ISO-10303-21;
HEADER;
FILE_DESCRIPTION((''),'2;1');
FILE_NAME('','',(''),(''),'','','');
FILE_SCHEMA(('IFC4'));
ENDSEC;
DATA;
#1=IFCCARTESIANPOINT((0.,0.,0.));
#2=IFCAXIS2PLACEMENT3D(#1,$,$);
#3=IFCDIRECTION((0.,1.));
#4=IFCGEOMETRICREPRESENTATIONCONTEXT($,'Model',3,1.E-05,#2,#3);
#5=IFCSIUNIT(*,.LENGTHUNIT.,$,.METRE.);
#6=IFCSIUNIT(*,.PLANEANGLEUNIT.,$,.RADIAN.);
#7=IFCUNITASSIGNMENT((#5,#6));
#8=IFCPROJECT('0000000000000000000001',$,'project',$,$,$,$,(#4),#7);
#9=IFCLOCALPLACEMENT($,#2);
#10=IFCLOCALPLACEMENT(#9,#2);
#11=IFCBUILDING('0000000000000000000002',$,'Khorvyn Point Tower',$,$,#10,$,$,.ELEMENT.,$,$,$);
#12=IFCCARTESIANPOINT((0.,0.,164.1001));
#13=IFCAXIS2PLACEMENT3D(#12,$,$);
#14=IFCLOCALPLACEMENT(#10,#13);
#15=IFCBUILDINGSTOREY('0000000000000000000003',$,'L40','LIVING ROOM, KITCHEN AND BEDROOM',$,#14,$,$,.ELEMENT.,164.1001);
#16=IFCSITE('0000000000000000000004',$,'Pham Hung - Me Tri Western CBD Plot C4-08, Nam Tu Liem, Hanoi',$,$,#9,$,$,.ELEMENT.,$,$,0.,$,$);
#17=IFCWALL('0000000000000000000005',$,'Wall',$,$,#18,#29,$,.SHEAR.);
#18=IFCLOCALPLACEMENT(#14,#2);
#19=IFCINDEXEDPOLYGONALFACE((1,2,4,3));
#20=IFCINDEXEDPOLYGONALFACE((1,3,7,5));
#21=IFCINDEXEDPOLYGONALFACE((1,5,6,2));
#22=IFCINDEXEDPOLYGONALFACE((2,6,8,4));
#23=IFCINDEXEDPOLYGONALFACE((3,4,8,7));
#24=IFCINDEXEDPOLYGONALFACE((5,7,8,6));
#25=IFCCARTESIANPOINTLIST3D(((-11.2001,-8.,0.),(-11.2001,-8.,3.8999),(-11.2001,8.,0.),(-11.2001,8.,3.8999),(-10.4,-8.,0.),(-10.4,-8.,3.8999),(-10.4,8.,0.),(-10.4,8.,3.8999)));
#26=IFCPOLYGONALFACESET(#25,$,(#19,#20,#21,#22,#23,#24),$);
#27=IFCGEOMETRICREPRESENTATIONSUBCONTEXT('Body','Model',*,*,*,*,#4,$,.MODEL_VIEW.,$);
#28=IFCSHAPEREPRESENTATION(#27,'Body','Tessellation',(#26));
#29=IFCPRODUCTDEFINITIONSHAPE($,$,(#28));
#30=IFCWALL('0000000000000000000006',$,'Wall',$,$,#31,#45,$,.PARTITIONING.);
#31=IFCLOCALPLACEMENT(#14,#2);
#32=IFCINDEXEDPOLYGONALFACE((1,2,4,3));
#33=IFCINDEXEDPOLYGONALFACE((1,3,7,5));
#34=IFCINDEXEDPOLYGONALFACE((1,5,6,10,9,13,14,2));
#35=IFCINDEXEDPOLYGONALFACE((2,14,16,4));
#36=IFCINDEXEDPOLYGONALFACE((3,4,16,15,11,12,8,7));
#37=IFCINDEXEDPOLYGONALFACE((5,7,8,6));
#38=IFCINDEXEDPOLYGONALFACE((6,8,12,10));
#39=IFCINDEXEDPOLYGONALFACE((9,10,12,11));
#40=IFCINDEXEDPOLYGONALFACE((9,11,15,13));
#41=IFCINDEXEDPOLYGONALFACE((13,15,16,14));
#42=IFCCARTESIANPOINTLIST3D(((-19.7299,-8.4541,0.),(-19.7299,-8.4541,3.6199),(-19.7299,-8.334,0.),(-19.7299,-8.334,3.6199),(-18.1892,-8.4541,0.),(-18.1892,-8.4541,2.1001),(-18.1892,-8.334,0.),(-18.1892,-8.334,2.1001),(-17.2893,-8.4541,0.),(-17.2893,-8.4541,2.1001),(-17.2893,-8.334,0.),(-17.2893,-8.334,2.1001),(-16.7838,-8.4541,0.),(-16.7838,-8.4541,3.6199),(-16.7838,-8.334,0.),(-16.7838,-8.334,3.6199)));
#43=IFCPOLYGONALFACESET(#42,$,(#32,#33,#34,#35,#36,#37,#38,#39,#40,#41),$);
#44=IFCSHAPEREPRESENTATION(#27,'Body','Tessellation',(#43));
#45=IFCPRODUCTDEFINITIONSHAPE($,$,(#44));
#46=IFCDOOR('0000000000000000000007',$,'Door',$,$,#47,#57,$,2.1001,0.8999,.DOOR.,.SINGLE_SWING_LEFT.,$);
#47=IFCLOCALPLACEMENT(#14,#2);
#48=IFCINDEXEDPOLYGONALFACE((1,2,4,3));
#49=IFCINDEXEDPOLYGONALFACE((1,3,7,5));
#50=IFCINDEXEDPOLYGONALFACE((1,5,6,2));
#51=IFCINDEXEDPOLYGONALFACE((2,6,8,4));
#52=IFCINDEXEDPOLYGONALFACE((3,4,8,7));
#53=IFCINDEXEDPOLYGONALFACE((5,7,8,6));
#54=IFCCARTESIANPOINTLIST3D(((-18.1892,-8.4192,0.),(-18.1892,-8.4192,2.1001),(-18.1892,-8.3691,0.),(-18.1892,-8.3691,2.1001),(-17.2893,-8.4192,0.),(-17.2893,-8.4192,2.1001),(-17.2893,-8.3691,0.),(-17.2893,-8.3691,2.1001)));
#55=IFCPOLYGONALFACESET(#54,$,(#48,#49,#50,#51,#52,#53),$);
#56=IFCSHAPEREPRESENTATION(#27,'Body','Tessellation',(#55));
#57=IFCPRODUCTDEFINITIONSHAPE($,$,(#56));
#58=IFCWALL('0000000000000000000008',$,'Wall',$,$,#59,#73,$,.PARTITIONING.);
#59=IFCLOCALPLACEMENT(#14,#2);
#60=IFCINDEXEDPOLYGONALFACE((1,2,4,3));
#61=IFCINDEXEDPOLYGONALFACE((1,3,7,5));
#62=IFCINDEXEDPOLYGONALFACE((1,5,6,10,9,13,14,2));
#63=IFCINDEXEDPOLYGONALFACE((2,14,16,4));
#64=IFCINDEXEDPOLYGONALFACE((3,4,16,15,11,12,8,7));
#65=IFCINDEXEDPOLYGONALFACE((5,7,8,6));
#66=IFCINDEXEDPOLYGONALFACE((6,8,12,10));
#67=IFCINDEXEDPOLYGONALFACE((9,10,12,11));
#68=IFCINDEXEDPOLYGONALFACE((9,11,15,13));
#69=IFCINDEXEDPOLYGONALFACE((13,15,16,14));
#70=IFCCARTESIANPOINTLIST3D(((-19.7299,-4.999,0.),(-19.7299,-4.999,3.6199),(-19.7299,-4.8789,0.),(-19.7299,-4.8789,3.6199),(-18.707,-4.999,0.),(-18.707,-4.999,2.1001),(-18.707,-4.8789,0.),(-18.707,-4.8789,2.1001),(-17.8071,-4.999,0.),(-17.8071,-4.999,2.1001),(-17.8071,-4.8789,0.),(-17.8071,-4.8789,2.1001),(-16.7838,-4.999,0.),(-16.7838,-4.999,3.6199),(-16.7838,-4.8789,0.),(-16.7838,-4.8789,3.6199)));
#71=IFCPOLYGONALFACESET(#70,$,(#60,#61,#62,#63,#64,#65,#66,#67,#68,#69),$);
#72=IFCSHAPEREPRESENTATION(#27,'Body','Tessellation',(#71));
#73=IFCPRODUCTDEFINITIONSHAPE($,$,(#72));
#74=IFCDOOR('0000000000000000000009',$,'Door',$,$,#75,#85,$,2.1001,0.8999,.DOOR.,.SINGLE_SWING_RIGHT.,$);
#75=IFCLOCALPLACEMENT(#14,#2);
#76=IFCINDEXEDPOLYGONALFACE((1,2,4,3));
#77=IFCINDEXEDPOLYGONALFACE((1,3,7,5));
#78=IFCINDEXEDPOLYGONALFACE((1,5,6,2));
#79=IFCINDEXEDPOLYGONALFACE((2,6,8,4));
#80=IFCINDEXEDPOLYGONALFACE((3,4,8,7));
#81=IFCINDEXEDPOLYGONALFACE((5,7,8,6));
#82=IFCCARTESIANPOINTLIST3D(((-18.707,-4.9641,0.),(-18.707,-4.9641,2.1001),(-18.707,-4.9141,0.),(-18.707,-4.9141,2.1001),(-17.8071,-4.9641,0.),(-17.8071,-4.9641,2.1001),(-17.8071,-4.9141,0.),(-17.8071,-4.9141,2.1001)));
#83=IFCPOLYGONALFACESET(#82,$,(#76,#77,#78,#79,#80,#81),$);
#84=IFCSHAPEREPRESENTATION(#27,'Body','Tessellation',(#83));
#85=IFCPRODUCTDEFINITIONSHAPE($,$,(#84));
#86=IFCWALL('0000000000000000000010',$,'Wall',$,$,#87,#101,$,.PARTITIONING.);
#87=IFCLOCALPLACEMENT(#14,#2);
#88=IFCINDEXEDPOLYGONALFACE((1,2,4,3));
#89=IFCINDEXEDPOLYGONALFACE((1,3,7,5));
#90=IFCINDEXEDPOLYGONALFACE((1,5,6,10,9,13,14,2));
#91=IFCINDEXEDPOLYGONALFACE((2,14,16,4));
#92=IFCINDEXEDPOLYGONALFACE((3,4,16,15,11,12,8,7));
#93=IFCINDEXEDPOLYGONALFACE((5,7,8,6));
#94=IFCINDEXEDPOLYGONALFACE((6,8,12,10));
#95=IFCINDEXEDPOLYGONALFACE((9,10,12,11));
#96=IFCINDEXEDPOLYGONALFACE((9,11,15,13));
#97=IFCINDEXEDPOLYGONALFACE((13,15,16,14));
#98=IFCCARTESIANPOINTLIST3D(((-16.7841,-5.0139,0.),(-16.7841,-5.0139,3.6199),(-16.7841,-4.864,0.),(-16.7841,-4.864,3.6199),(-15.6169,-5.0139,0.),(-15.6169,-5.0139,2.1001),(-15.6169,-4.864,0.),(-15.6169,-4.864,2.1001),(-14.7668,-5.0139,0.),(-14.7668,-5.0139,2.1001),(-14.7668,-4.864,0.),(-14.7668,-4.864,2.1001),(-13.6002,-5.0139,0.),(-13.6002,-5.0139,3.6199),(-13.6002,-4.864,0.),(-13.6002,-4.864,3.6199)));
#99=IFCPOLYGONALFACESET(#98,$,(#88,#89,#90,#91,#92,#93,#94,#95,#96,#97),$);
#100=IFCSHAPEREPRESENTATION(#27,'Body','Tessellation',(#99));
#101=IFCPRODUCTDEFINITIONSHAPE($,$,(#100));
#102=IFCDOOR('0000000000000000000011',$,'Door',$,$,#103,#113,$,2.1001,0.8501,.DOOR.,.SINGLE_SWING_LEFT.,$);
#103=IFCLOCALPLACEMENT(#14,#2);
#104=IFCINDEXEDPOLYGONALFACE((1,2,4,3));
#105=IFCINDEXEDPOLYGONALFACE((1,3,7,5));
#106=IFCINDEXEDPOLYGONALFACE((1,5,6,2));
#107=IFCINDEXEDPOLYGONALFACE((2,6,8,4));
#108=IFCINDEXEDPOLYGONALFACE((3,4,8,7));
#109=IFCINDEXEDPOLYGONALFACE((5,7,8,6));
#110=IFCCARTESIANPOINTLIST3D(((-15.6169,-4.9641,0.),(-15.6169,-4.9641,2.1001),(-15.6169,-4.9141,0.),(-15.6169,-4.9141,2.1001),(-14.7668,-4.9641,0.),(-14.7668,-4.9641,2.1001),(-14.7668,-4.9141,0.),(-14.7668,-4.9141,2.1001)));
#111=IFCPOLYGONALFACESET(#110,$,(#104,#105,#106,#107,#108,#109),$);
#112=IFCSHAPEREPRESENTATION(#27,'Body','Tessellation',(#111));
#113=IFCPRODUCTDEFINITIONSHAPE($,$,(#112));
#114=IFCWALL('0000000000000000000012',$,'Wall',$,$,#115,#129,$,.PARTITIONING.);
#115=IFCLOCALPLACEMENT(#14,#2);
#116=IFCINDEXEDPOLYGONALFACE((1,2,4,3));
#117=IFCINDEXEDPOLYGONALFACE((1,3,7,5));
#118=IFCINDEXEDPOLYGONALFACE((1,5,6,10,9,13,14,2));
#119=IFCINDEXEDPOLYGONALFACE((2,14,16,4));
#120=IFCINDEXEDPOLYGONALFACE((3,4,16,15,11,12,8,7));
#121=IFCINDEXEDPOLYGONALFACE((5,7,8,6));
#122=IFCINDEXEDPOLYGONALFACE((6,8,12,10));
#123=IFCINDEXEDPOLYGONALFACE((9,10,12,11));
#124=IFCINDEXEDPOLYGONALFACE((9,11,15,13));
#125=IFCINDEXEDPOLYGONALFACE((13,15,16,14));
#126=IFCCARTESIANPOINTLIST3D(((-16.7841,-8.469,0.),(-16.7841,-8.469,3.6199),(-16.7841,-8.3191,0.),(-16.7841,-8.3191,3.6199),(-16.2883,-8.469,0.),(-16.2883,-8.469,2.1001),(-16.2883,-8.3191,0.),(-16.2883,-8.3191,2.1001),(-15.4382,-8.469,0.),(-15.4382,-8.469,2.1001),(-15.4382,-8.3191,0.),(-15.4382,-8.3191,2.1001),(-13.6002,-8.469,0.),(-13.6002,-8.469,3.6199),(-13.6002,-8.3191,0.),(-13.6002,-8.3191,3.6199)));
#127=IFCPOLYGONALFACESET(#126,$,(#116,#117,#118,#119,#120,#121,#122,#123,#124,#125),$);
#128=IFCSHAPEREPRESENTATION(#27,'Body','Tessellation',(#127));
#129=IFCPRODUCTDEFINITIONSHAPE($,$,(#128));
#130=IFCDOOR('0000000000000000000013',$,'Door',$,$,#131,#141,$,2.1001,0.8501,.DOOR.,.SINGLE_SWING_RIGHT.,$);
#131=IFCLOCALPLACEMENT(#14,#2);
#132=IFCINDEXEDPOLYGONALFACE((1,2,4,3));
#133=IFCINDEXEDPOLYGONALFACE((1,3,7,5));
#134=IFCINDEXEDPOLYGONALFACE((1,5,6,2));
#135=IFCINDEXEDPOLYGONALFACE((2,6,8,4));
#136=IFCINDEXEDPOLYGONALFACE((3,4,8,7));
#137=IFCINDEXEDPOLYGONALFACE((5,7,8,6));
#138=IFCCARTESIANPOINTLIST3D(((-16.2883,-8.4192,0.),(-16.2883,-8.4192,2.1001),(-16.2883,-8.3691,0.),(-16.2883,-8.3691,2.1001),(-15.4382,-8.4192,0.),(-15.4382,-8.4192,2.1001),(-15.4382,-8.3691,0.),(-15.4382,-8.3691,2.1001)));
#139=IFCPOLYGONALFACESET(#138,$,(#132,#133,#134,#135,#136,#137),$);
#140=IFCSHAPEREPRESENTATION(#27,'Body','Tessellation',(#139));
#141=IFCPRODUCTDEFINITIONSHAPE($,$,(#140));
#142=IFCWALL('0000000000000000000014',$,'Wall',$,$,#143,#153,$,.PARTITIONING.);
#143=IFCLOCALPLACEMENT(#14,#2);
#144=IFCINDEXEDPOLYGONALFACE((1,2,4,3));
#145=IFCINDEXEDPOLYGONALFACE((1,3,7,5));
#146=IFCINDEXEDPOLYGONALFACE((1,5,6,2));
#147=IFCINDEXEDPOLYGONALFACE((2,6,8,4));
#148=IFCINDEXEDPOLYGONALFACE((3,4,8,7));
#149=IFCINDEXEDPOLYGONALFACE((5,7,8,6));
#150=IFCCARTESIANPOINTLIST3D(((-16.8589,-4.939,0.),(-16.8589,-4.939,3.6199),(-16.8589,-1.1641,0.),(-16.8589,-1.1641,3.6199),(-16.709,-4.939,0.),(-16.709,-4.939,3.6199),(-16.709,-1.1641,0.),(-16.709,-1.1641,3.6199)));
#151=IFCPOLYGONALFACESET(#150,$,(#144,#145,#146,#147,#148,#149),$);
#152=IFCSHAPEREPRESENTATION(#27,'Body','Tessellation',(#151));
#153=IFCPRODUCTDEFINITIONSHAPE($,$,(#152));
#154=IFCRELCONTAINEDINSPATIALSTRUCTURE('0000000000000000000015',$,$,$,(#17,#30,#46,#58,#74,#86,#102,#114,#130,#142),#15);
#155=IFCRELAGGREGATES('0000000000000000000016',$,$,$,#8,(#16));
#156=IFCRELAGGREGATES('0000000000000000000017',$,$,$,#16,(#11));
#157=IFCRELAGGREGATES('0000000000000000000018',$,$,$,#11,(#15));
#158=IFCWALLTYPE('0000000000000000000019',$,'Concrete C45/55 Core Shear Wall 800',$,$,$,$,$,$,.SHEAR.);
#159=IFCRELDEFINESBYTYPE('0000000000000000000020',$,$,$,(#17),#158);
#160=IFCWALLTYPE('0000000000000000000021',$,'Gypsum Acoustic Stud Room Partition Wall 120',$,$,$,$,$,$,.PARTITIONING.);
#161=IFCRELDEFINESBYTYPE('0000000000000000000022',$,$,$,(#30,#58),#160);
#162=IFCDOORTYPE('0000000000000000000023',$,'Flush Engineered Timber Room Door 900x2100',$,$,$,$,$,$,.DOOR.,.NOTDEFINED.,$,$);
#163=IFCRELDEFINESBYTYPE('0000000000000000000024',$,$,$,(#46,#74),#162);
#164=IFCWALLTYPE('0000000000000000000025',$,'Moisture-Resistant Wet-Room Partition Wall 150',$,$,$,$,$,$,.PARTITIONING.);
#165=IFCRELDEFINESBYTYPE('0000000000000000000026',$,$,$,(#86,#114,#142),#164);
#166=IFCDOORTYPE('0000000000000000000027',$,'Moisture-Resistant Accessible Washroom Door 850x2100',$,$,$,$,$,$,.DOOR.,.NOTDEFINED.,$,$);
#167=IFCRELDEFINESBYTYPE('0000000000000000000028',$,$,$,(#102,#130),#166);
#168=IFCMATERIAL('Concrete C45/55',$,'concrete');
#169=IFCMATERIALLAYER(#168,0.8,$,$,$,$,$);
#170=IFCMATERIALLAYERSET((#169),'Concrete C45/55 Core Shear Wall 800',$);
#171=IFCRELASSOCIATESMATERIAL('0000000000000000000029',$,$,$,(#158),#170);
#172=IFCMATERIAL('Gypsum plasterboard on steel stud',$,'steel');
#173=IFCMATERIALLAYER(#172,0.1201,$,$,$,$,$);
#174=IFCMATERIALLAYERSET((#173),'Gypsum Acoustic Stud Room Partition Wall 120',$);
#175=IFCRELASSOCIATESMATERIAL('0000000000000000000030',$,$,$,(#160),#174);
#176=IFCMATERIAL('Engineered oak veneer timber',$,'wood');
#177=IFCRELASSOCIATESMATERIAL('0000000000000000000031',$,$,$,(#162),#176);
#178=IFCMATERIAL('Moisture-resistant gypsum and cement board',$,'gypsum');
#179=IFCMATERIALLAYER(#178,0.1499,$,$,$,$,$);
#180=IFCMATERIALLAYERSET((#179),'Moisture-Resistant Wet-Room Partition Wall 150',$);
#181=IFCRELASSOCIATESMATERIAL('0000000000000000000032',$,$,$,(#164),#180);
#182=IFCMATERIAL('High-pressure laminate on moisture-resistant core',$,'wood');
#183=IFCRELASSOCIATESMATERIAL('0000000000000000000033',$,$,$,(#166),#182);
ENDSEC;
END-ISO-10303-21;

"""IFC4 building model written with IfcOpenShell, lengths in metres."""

from ifc_helpers import new_model, si_unit, direction, frame, frame_2d, origin, place, context, subcontext, project, spatial, rectangle, extrude, material, layer, layer_set, type_object, element, fill, save


model = new_model("IFC4")

# Units and contexts
model_context = context("Model", 3, precision=1e-05, world=origin(), true_north=direction((0.0, 1.0)))
body_context = subcontext(model_context, "Body", "Model", "MODEL_VIEW")
ifc_project = project(units=[si_unit("LENGTHUNIT", "METRE"), si_unit("PLANEANGLEUNIT", "RADIAN")], contexts=[model_context])

# Site, building, storey
site_placement = place(None, origin())
site = spatial("IfcSite", under=ifc_project, at=site_placement, Name="Pham Hung - Me Tri Western CBD Plot C4-08, Nam Tu Liem, Hanoi", CompositionType="ELEMENT", RefElevation=0.0)
building_placement = place(site_placement, origin())
building = spatial("IfcBuilding", under=site, at=building_placement, Name="Khorvyn Point Tower", CompositionType="ELEMENT")
storey_placement = place(building_placement, frame((0.0, 0.0, 164.1001)))
storey = spatial("IfcBuildingStorey", under=building, at=storey_placement, Name="L40", Description="LIVING ROOM, KITCHEN AND BEDROOM", CompositionType="ELEMENT", Elevation=164.1001)

# Shared definitions
ifc_material_1 = material(Name="Concrete C45/55", Category="concrete")

# Wall
ifc_layer_1 = layer(ifc_material_1, 0.8)
ifc_layer_set_1 = layer_set([ifc_layer_1], Name="Concrete C45/55 Core Shear Wall 800")
wall_type_1 = type_object("IfcWallType", Name="Concrete C45/55 Core Shear Wall 800", PredefinedType="SHEAR", material=ifc_layer_set_1)
wall_1_placement = place(storey_placement, frame((-10.8, -8.0, 0.0), z_axis=(0.0, 0.0, 1.0), x_axis=(0.0, 1.0, 0.0)))
element("IfcWall", 1, at=wall_1_placement, inside=storey, type_object=wall_type_1, Name="Wall", PredefinedType="SHEAR", context=body_context, shape_type="SweptSolid", body=[
    extrude(rectangle(XDim=16.0, YDim=0.8, at=frame_2d((8.0, 0.0))), origin(), (0.0, 0.0, 1.0), 3.8999),
])

# Walls, openings, doors
ifc_material_2 = material(Name="Gypsum plasterboard on steel stud", Category="steel")
ifc_layer_2 = layer(ifc_material_2, 0.1201)
ifc_layer_set_2 = layer_set([ifc_layer_2], Name="Gypsum Acoustic Stud Room Partition Wall 120")
wall_type_2 = type_object("IfcWallType", Name="Gypsum Acoustic Stud Room Partition Wall 120", PredefinedType="PARTITIONING", material=ifc_layer_set_2)
wall_2_placement = place(storey_placement, frame((-19.73, -8.394, 0.0), z_axis=(0.0, 0.0, 1.0), x_axis=(1.0, 0.0, 0.0)))
wall_2 = element("IfcWall", 2, at=wall_2_placement, inside=storey, type_object=wall_type_2, Name="Wall", PredefinedType="PARTITIONING", context=body_context, shape_type="SweptSolid", body=[
    extrude(rectangle(XDim=2.946, YDim=0.1201, at=frame_2d((1.4731, 0.0))), origin(), (0.0, 0.0, 1.0), 3.6199),
])
opening_1_placement = place(wall_2_placement, frame((1.5408, 0.0, 0.0)))
opening_1 = element("IfcOpeningElement", 3, at=opening_1_placement, cuts=wall_2, PredefinedType="OPENING", context=body_context, shape_type="SweptSolid", body=[
    extrude(rectangle(XDim=0.8999, YDim=2.1001, at=frame_2d((0.45, 1.05))), frame((0.0, 0.0701, 0.0), z_axis=(0.0, -1.0, 0.0), x_axis=(1.0, 0.0, 0.0)), (0.0, 0.0, 1.0), 0.1401),
])
ifc_material_3 = material(Name="Engineered oak veneer timber", Category="wood")
door_type_1 = type_object("IfcDoorType", Name="Flush Engineered Timber Room Door 900x2100", OperationType="NOTDEFINED", PredefinedType="DOOR", material=ifc_material_3)
door_1_placement = place(opening_1_placement, origin())
door_1 = element("IfcDoor", 4, at=door_1_placement, inside=storey, type_object=door_type_1, Name="Door", OperationType="SINGLE_SWING_LEFT", OverallHeight=2.1001, OverallWidth=0.8999, PredefinedType="DOOR", context=body_context, shape_type="SweptSolid", body=[
    extrude(rectangle(XDim=0.8999, YDim=2.1001, at=frame_2d((0.45, 1.05))), frame((0.0, 0.0249, 0.0), z_axis=(0.0, -1.0, 0.0), x_axis=(1.0, 0.0, 0.0)), (0.0, 0.0, 1.0), 0.05),
])
fill(opening_1, door_1)
wall_3_placement = place(storey_placement, frame((-19.73, -4.939, 0.0), z_axis=(0.0, 0.0, 1.0), x_axis=(1.0, 0.0, 0.0)))
wall_3 = element("IfcWall", 5, at=wall_3_placement, inside=storey, type_object=wall_type_2, Name="Wall", PredefinedType="PARTITIONING", context=body_context, shape_type="SweptSolid", body=[
    extrude(rectangle(XDim=2.946, YDim=0.1201, at=frame_2d((1.4731, 0.0))), origin(), (0.0, 0.0, 1.0), 3.6199),
])
opening_2_placement = place(wall_3_placement, frame((1.0229, 0.0, 0.0)))
opening_2 = element("IfcOpeningElement", 6, at=opening_2_placement, cuts=wall_3, PredefinedType="OPENING", context=body_context, shape_type="SweptSolid", body=[
    extrude(rectangle(XDim=0.8999, YDim=2.1001, at=frame_2d((0.45, 1.05))), frame((0.0, 0.0701, 0.0), z_axis=(0.0, -1.0, 0.0), x_axis=(1.0, 0.0, 0.0)), (0.0, 0.0, 1.0), 0.1401),
])
door_2_placement = place(opening_2_placement, origin())
door_2 = element("IfcDoor", 7, at=door_2_placement, inside=storey, type_object=door_type_1, Name="Door", OperationType="SINGLE_SWING_RIGHT", OverallHeight=2.1001, OverallWidth=0.8999, PredefinedType="DOOR", context=body_context, shape_type="SweptSolid", body=[
    extrude(rectangle(XDim=0.8999, YDim=2.1001, at=frame_2d((0.45, 1.05))), frame((0.0, 0.0249, 0.0), z_axis=(0.0, -1.0, 0.0), x_axis=(1.0, 0.0, 0.0)), (0.0, 0.0, 1.0), 0.05),
])
fill(opening_2, door_2)
ifc_material_4 = material(Name="Moisture-resistant gypsum and cement board", Category="gypsum")
ifc_layer_3 = layer(ifc_material_4, 0.1499)
ifc_layer_set_3 = layer_set([ifc_layer_3], Name="Moisture-Resistant Wet-Room Partition Wall 150")
wall_type_3 = type_object("IfcWallType", Name="Moisture-Resistant Wet-Room Partition Wall 150", PredefinedType="PARTITIONING", material=ifc_layer_set_3)
wall_4_placement = place(storey_placement, frame((-16.7839, -4.939, 0.0), z_axis=(0.0, 0.0, 1.0), x_axis=(1.0, 0.0, 0.0)))
wall_4 = element("IfcWall", 8, at=wall_4_placement, inside=storey, type_object=wall_type_3, Name="Wall", PredefinedType="PARTITIONING", context=body_context, shape_type="SweptSolid", body=[
    extrude(rectangle(XDim=3.1838, YDim=0.1499, at=frame_2d((1.5918, 0.0))), origin(), (0.0, 0.0, 1.0), 3.6199),
])
opening_3_placement = place(wall_4_placement, frame((1.167, 0.0, 0.0)))
opening_3 = element("IfcOpeningElement", 9, at=opening_3_placement, cuts=wall_4, PredefinedType="OPENING", context=body_context, shape_type="SweptSolid", body=[
    extrude(rectangle(XDim=0.8501, YDim=2.1001, at=frame_2d((0.425, 1.05))), frame((0.0, 0.085, 0.0), z_axis=(0.0, -1.0, 0.0), x_axis=(1.0, 0.0, 0.0)), (0.0, 0.0, 1.0), 0.1699),
])
ifc_material_5 = material(Name="High-pressure laminate on moisture-resistant core", Category="wood")
door_type_2 = type_object("IfcDoorType", Name="Moisture-Resistant Accessible Washroom Door 850x2100", OperationType="NOTDEFINED", PredefinedType="DOOR", material=ifc_material_5)
door_3_placement = place(opening_3_placement, origin())
door_3 = element("IfcDoor", 10, at=door_3_placement, inside=storey, type_object=door_type_2, Name="Door", OperationType="SINGLE_SWING_LEFT", OverallHeight=2.1001, OverallWidth=0.8501, PredefinedType="DOOR", context=body_context, shape_type="SweptSolid", body=[
    extrude(rectangle(XDim=0.8501, YDim=2.1001, at=frame_2d((0.425, 1.05))), frame((0.0, 0.0249, 0.0), z_axis=(0.0, -1.0, 0.0), x_axis=(1.0, 0.0, 0.0)), (0.0, 0.0, 1.0), 0.05),
])
fill(opening_3, door_3)
wall_5_placement = place(storey_placement, frame((-16.7839, -8.394, 0.0), z_axis=(0.0, 0.0, 1.0), x_axis=(1.0, 0.0, 0.0)))
wall_5 = element("IfcWall", 11, at=wall_5_placement, inside=storey, type_object=wall_type_3, Name="Wall", PredefinedType="PARTITIONING", context=body_context, shape_type="SweptSolid", body=[
    extrude(rectangle(XDim=3.1838, YDim=0.1499, at=frame_2d((1.5918, 0.0))), origin(), (0.0, 0.0, 1.0), 3.6199),
])
opening_4_placement = place(wall_5_placement, frame((0.4956, 0.0, 0.0)))
opening_4 = element("IfcOpeningElement", 12, at=opening_4_placement, cuts=wall_5, PredefinedType="OPENING", context=body_context, shape_type="SweptSolid", body=[
    extrude(rectangle(XDim=0.8501, YDim=2.1001, at=frame_2d((0.425, 1.05))), frame((0.0, 0.085, 0.0), z_axis=(0.0, -1.0, 0.0), x_axis=(1.0, 0.0, 0.0)), (0.0, 0.0, 1.0), 0.1699),
])
door_4_placement = place(opening_4_placement, origin())
door_4 = element("IfcDoor", 13, at=door_4_placement, inside=storey, type_object=door_type_2, Name="Door", OperationType="SINGLE_SWING_RIGHT", OverallHeight=2.1001, OverallWidth=0.8501, PredefinedType="DOOR", context=body_context, shape_type="SweptSolid", body=[
    extrude(rectangle(XDim=0.8501, YDim=2.1001, at=frame_2d((0.425, 1.05))), frame((0.0, 0.0249, 0.0), z_axis=(0.0, -1.0, 0.0), x_axis=(1.0, 0.0, 0.0)), (0.0, 0.0, 1.0), 0.05),
])
fill(opening_4, door_4)

# Wall
wall_6_placement = place(storey_placement, frame((-16.7839, -4.939, 0.0), z_axis=(0.0, 0.0, 1.0), x_axis=(0.0, 1.0, 0.0)))
element("IfcWall", 14, at=wall_6_placement, inside=storey, type_object=wall_type_3, Name="Wall", PredefinedType="PARTITIONING", context=body_context, shape_type="SweptSolid", body=[
    extrude(rectangle(XDim=3.7749, YDim=0.1499, at=frame_2d((1.8875, 0.0))), origin(), (0.0, 0.0, 1.0), 3.6199),
])

save(model, "model.ifc")
